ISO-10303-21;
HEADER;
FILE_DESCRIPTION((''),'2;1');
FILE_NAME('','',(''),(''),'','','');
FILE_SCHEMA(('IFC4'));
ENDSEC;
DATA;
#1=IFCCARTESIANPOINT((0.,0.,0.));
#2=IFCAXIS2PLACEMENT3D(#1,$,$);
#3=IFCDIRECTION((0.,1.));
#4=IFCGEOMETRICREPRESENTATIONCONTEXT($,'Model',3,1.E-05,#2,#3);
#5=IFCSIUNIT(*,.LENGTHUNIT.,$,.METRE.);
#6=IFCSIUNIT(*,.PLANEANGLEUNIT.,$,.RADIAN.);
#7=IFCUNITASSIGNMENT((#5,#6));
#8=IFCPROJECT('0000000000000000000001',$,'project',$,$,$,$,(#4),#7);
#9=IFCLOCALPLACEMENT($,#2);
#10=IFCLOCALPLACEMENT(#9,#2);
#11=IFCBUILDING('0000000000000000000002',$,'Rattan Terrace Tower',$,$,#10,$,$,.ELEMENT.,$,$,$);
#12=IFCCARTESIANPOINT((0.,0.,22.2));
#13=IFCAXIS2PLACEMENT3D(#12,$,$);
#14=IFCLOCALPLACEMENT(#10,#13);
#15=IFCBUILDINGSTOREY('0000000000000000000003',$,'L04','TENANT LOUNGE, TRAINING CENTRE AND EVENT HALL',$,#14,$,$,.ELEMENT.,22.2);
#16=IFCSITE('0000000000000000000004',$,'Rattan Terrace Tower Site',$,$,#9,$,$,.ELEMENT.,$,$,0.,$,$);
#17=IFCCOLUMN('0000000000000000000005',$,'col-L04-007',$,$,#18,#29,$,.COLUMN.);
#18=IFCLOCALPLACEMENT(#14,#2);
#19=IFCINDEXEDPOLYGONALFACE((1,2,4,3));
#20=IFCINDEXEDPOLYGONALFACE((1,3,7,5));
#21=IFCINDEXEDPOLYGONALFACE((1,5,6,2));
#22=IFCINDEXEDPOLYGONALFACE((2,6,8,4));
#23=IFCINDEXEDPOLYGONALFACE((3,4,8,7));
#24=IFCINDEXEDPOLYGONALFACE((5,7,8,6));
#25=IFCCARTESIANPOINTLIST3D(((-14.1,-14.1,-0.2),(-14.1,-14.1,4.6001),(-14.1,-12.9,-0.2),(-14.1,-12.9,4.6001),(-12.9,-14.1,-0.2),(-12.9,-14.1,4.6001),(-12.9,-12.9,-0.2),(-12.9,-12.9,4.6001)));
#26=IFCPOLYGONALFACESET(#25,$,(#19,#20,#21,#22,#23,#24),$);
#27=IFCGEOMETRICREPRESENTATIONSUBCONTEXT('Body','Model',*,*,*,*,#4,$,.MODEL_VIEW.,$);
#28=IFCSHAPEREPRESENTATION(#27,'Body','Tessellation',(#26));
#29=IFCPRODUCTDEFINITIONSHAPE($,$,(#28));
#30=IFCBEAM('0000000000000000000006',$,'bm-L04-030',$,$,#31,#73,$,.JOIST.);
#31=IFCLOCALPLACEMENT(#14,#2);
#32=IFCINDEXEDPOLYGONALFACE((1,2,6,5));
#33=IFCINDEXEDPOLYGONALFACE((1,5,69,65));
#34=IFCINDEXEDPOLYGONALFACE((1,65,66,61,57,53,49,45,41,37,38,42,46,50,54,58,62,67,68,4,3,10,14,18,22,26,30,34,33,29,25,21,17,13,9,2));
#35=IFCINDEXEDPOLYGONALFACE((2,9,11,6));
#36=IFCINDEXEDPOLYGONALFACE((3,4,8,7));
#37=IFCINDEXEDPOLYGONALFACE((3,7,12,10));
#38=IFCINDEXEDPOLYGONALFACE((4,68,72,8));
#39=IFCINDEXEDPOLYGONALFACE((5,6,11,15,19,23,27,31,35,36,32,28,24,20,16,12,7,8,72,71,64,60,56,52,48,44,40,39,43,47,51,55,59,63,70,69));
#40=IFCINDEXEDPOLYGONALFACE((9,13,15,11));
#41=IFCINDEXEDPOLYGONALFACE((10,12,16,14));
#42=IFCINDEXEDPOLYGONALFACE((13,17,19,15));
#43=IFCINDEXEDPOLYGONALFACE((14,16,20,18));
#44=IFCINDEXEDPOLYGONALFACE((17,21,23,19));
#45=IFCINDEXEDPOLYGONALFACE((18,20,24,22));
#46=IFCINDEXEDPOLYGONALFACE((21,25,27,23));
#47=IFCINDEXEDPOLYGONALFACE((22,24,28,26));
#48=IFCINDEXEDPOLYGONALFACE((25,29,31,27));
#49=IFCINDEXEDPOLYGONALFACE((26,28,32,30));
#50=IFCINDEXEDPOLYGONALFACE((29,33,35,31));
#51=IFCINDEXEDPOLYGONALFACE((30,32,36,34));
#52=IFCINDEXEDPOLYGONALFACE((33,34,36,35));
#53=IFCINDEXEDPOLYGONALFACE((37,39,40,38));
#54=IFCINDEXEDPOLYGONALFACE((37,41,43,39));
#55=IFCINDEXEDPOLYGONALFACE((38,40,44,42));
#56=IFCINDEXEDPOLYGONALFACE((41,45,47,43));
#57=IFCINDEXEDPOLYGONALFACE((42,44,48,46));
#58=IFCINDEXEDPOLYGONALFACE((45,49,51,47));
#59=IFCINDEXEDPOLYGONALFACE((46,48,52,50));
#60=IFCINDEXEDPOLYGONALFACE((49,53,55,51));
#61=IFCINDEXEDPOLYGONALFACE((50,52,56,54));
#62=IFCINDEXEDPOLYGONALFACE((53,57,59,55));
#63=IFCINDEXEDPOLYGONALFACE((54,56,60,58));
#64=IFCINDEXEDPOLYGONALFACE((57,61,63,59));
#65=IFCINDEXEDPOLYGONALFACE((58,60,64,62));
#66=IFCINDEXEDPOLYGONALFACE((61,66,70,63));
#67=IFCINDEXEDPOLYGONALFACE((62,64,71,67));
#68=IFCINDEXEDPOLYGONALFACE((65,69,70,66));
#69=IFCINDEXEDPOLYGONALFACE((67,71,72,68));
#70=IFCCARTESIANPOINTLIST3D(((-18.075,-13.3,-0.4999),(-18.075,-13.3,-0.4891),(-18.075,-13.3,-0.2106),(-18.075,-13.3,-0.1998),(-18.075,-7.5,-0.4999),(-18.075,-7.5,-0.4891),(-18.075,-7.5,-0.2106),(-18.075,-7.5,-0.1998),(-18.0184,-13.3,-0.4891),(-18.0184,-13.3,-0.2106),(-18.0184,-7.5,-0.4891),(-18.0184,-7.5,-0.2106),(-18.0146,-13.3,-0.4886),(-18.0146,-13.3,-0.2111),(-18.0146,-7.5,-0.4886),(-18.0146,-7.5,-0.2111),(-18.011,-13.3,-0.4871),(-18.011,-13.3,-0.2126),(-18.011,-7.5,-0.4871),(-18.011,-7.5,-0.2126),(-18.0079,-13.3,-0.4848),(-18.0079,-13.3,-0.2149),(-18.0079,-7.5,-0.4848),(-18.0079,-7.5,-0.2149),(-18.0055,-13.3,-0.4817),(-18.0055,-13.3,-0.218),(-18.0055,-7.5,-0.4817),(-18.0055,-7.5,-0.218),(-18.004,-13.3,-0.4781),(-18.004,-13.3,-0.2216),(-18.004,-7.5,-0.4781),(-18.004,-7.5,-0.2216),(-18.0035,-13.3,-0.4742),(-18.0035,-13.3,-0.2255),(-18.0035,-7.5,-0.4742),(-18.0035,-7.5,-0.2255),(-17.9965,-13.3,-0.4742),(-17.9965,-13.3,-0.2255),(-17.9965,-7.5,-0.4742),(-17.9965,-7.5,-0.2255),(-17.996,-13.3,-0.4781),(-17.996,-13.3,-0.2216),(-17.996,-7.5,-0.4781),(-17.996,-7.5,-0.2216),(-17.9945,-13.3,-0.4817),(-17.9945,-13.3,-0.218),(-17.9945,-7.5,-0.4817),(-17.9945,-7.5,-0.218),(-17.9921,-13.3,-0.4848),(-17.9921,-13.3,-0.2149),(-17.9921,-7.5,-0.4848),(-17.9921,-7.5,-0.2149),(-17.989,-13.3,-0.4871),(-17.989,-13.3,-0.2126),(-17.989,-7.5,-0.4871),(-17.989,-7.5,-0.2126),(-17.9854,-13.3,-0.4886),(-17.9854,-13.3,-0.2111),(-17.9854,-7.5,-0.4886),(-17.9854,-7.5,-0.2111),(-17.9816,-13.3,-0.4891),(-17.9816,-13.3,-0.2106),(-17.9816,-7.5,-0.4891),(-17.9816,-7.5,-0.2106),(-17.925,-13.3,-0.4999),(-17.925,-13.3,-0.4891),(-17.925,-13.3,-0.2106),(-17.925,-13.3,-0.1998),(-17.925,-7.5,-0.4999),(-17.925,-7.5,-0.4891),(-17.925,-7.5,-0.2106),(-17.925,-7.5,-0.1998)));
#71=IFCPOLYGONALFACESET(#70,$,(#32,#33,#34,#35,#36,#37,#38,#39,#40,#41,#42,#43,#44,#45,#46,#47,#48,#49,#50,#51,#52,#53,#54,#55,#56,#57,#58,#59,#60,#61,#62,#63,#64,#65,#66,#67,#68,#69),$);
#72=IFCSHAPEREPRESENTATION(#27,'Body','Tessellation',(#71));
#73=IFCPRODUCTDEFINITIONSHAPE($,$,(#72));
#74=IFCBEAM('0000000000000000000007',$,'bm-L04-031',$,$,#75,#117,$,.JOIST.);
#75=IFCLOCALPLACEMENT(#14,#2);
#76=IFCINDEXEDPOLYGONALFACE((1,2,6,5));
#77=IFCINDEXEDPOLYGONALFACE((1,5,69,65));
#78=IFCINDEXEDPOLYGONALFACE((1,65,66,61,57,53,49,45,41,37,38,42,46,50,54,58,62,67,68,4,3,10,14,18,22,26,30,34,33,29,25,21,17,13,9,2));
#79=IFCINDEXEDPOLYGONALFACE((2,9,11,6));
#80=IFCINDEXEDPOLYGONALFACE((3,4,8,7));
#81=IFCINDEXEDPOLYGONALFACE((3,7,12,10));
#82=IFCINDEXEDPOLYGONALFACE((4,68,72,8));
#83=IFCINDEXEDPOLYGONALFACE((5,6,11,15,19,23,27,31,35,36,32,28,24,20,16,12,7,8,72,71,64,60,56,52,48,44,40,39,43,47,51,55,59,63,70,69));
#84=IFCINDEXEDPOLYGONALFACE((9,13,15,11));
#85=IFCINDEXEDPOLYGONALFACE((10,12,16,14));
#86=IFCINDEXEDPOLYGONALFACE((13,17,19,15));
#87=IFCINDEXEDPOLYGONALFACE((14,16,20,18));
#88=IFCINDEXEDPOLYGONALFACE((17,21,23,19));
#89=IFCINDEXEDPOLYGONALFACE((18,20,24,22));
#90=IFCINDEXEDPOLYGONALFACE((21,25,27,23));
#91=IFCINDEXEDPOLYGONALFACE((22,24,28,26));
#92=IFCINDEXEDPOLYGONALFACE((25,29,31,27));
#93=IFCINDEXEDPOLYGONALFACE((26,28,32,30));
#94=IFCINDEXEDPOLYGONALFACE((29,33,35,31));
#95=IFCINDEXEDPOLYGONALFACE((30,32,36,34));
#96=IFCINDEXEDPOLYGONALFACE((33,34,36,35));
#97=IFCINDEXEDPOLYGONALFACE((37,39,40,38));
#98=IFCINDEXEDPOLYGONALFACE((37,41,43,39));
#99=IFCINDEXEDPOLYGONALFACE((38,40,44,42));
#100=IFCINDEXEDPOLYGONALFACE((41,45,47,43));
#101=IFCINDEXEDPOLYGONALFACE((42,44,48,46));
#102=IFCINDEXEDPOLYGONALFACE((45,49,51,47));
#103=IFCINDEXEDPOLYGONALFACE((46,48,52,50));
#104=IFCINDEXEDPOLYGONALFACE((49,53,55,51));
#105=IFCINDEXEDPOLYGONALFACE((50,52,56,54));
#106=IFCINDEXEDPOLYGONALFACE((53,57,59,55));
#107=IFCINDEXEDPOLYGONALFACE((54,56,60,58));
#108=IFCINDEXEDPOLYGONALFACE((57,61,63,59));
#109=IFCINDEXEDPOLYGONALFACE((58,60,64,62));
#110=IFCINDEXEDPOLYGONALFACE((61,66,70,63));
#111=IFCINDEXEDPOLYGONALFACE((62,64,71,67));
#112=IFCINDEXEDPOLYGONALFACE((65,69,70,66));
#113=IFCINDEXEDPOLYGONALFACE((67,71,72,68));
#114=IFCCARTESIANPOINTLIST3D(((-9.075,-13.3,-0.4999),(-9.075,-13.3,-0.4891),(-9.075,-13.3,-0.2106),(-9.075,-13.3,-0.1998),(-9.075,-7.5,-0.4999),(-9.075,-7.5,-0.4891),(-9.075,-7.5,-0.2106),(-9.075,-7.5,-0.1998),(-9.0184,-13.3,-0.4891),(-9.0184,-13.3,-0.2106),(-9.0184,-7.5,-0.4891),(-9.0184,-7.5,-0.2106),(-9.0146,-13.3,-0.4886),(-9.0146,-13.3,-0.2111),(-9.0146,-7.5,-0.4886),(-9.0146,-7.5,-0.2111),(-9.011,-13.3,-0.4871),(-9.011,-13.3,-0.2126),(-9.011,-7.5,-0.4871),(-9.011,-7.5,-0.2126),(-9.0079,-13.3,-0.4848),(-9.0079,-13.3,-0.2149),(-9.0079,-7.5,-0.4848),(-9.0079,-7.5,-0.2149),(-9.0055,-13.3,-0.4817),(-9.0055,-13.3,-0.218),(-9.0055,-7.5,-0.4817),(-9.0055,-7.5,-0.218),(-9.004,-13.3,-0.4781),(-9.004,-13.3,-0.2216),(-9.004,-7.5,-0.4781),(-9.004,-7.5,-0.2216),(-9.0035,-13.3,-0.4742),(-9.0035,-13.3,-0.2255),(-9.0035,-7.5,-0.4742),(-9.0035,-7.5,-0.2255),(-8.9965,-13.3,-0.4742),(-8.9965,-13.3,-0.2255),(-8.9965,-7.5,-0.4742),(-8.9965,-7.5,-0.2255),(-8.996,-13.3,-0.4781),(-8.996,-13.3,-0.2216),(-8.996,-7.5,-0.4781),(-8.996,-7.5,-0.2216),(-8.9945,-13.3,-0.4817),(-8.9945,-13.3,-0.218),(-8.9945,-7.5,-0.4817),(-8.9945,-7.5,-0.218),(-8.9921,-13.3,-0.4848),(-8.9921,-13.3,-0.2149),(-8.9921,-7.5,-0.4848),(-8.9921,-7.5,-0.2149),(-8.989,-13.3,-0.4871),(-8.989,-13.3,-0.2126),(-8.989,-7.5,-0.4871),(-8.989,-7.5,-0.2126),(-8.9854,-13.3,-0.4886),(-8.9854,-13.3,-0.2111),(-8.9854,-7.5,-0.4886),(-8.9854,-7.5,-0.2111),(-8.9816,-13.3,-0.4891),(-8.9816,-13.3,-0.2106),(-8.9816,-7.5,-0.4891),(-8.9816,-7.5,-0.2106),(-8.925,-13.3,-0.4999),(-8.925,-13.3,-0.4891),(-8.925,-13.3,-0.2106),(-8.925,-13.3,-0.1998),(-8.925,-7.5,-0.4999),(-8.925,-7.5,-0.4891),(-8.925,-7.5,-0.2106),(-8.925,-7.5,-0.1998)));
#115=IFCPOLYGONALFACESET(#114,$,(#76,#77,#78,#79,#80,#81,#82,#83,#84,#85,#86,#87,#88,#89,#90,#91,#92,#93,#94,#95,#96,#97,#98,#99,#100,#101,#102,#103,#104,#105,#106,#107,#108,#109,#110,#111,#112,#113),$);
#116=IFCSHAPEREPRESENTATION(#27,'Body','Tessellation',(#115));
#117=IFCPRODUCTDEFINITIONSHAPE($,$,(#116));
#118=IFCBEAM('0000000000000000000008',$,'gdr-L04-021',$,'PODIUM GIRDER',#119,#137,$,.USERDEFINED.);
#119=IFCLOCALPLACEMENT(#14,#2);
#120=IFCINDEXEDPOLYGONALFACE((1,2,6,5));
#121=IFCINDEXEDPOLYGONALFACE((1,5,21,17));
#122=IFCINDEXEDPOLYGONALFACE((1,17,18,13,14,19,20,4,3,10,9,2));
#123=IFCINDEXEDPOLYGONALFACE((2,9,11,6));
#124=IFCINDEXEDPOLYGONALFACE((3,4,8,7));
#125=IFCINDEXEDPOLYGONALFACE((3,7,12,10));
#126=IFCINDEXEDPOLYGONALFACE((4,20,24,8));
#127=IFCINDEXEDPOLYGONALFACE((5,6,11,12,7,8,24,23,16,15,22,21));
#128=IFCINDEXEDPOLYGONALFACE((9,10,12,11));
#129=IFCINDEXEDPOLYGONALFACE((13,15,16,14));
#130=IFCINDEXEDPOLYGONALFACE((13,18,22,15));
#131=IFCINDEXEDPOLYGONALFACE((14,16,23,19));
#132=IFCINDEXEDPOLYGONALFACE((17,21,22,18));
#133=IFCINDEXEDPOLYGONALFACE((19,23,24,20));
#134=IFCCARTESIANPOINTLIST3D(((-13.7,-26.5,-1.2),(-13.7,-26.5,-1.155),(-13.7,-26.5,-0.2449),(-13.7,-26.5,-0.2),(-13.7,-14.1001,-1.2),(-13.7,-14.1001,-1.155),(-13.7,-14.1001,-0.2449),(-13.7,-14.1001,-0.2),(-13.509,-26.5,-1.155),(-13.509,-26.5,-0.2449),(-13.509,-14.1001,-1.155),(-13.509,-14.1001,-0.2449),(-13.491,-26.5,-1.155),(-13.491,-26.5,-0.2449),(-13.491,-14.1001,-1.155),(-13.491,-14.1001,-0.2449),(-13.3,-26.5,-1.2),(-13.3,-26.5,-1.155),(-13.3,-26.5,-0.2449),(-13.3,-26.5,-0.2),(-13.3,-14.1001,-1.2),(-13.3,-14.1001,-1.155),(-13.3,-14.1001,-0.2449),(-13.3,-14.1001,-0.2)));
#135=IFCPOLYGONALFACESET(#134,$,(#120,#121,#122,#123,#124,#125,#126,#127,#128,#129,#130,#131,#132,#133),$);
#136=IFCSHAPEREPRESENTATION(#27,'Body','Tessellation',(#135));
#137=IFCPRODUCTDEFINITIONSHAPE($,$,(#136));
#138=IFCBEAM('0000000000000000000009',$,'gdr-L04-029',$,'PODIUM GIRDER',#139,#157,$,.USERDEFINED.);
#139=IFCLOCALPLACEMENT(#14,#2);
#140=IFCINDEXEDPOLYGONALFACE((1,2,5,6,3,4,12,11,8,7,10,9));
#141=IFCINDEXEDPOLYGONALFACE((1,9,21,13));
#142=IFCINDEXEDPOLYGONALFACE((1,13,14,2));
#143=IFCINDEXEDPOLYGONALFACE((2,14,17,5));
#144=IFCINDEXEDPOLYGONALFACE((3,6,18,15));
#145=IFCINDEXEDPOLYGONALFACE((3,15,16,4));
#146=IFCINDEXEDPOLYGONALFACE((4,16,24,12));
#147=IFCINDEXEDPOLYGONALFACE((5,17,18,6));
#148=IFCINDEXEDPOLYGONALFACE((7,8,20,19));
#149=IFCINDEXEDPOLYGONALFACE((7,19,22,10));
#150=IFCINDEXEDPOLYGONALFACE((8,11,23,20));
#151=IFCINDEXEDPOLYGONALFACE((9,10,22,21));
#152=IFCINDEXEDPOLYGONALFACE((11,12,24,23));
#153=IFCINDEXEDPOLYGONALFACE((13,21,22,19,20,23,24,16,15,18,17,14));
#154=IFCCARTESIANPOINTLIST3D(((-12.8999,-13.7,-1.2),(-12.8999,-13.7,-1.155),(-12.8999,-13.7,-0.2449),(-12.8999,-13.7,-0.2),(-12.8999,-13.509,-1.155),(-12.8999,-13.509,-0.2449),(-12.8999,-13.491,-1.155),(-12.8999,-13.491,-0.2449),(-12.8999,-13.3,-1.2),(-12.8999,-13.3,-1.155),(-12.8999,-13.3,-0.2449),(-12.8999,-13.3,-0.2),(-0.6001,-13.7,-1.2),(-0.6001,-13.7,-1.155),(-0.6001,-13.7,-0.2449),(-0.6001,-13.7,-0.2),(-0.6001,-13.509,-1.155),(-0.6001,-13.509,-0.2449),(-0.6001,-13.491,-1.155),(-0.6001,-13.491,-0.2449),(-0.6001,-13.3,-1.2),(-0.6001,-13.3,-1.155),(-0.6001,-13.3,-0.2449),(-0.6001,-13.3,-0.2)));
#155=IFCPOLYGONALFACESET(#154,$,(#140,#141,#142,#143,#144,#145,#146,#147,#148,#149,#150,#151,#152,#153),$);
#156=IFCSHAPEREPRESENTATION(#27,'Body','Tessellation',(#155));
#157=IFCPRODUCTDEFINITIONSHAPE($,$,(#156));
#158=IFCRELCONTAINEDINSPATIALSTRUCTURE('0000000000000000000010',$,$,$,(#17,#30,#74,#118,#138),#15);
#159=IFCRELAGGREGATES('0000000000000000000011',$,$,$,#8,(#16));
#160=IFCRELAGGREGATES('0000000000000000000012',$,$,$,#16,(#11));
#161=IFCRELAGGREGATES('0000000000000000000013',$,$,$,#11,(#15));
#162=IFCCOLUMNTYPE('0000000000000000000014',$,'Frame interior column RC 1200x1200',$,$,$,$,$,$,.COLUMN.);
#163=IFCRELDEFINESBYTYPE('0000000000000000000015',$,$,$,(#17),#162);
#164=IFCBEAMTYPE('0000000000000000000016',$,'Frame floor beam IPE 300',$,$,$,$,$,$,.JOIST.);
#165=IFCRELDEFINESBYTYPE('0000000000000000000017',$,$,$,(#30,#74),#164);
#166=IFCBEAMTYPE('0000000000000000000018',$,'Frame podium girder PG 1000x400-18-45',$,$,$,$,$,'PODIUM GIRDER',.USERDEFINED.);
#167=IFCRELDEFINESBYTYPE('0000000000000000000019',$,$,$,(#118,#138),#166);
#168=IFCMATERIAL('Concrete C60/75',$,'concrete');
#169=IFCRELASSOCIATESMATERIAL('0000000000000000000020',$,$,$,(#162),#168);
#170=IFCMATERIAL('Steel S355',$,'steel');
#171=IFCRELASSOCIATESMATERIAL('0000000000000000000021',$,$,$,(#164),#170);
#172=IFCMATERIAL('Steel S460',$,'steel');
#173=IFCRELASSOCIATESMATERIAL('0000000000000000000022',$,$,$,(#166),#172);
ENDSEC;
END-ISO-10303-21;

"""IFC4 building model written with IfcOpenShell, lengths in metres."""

from ifc_helpers import new_model, si_unit, direction, frame, origin, origin_2d, place, context, subcontext, project, spatial, rectangle, i_section, extrude, material, material_profile, profile_set, type_object, element, save


model = new_model("IFC4")

# Units and contexts
model_context = context("Model", 3, precision=1e-05, world=origin(), true_north=direction((0.0, 1.0)))
body_context = subcontext(model_context, "Body", "Model", "MODEL_VIEW")
ifc_project = project(units=[si_unit("LENGTHUNIT", "METRE"), si_unit("PLANEANGLEUNIT", "RADIAN")], contexts=[model_context])

# Site, building, storey
site_placement = place(None, origin())
site = spatial("IfcSite", under=ifc_project, at=site_placement, Name="Rattan Terrace Tower Site", CompositionType="ELEMENT", RefElevation=0.0)
building_placement = place(site_placement, origin())
building = spatial("IfcBuilding", under=site, at=building_placement, Name="Rattan Terrace Tower", CompositionType="ELEMENT")
storey_placement = place(building_placement, frame((0.0, 0.0, 22.2)))
storey = spatial("IfcBuildingStorey", under=building, at=storey_placement, Name="L04", Description="TENANT LOUNGE, TRAINING CENTRE AND EVENT HALL", CompositionType="ELEMENT", Elevation=22.2)

# Column
ifc_material_1 = material(Name="Concrete C60/75", Category="concrete")
ifc_material_profile_1 = material_profile(ifc_material_1, rectangle(XDim=1.2, YDim=1.2, at=origin_2d()), Name="RC 1200x1200")
ifc_profile_set_1 = profile_set([ifc_material_profile_1], Name="Concrete C60/75")
column_type = type_object("IfcColumnType", Name="Frame interior column RC 1200x1200", PredefinedType="COLUMN", material=ifc_profile_set_1)
column_placement = place(storey_placement, frame((-13.5, -13.5, -0.2), z_axis=(0.0, 0.0, 1.0), x_axis=(1.0, 0.0, 0.0)))
element("IfcColumn", 1, at=column_placement, inside=storey, type_object=column_type, Name="col-L04-007", PredefinedType="COLUMN", context=body_context, shape_type="SweptSolid", body=[
    extrude(rectangle(XDim=1.2, YDim=1.2, at=origin_2d()), origin(), (0.0, 0.0, 1.0), 4.8),
])

# Beams
ifc_material_2 = material(Name="Steel S355", Category="steel")
ifc_material_profile_2 = material_profile(ifc_material_2, i_section(OverallWidth=0.1499, OverallDepth=0.3, WebThickness=0.0071, FlangeThickness=0.0107, FilletRadius=0.0149, at=origin_2d()), Name="IPE 300")
ifc_profile_set_2 = profile_set([ifc_material_profile_2], Name="Steel S355")
beam_type_1 = type_object("IfcBeamType", Name="Frame floor beam IPE 300", PredefinedType="JOIST", material=ifc_profile_set_2)
for number, where, z_axis, x_axis, name in (
    (2, (-18.0, -13.3, -0.3499), (0.0, 1.0, 0.0), (-1.0, 0.0, 0.0), "bm-L04-030"),
    (3, (-9.0, -13.3, -0.3499), (0.0, 1.0, 0.0), (-1.0, 0.0, 0.0), "bm-L04-031"),
):
    element("IfcBeam", number, at=place(storey_placement, frame(where, z_axis=z_axis, x_axis=x_axis)), inside=storey, type_object=beam_type_1, Name=name, PredefinedType="JOIST", context=body_context, shape_type="SweptSolid", body=[
        extrude(i_section(OverallWidth=0.1499, OverallDepth=0.3, WebThickness=0.0071, FlangeThickness=0.0107, FilletRadius=0.0149, at=origin_2d()), origin(), (0.0, 0.0, 1.0), 5.8),
    ])
ifc_material_3 = material(Name="Steel S460", Category="steel")
ifc_material_profile_3 = material_profile(ifc_material_3, i_section(OverallWidth=0.3999, OverallDepth=1.0, WebThickness=0.0181, FlangeThickness=0.0449, at=origin_2d()), Name="PG 1000x400-18-45")
ifc_profile_set_3 = profile_set([ifc_material_profile_3], Name="Steel S460")
beam_type_2 = type_object("IfcBeamType", Name="Frame podium girder PG 1000x400-18-45", ElementType="PODIUM GIRDER", PredefinedType="USERDEFINED", material=ifc_profile_set_3)
beam_1_placement = place(storey_placement, frame((-13.5, -26.5, -0.7), z_axis=(0.0, 1.0, 0.0), x_axis=(-1.0, 0.0, 0.0)))
element("IfcBeam", 4, at=beam_1_placement, inside=storey, type_object=beam_type_2, Name="gdr-L04-021", ObjectType="PODIUM GIRDER", PredefinedType="USERDEFINED", context=body_context, shape_type="SweptSolid", body=[
    extrude(i_section(OverallWidth=0.3999, OverallDepth=1.0, WebThickness=0.0181, FlangeThickness=0.0449, at=origin_2d()), origin(), (0.0, 0.0, 1.0), 12.3999),
])
beam_2_placement = place(storey_placement, frame((-12.8999, -13.5, -0.7), z_axis=(1.0, 0.0, 0.0), x_axis=(0.0, 1.0, 0.0)))
element("IfcBeam", 5, at=beam_2_placement, inside=storey, type_object=beam_type_2, Name="gdr-L04-029", ObjectType="PODIUM GIRDER", PredefinedType="USERDEFINED", context=body_context, shape_type="SweptSolid", body=[
    extrude(i_section(OverallWidth=0.3999, OverallDepth=1.0, WebThickness=0.0181, FlangeThickness=0.0449, at=origin_2d()), origin(), (0.0, 0.0, 1.0), 12.2998),
])

save(model, "model.ifc")
